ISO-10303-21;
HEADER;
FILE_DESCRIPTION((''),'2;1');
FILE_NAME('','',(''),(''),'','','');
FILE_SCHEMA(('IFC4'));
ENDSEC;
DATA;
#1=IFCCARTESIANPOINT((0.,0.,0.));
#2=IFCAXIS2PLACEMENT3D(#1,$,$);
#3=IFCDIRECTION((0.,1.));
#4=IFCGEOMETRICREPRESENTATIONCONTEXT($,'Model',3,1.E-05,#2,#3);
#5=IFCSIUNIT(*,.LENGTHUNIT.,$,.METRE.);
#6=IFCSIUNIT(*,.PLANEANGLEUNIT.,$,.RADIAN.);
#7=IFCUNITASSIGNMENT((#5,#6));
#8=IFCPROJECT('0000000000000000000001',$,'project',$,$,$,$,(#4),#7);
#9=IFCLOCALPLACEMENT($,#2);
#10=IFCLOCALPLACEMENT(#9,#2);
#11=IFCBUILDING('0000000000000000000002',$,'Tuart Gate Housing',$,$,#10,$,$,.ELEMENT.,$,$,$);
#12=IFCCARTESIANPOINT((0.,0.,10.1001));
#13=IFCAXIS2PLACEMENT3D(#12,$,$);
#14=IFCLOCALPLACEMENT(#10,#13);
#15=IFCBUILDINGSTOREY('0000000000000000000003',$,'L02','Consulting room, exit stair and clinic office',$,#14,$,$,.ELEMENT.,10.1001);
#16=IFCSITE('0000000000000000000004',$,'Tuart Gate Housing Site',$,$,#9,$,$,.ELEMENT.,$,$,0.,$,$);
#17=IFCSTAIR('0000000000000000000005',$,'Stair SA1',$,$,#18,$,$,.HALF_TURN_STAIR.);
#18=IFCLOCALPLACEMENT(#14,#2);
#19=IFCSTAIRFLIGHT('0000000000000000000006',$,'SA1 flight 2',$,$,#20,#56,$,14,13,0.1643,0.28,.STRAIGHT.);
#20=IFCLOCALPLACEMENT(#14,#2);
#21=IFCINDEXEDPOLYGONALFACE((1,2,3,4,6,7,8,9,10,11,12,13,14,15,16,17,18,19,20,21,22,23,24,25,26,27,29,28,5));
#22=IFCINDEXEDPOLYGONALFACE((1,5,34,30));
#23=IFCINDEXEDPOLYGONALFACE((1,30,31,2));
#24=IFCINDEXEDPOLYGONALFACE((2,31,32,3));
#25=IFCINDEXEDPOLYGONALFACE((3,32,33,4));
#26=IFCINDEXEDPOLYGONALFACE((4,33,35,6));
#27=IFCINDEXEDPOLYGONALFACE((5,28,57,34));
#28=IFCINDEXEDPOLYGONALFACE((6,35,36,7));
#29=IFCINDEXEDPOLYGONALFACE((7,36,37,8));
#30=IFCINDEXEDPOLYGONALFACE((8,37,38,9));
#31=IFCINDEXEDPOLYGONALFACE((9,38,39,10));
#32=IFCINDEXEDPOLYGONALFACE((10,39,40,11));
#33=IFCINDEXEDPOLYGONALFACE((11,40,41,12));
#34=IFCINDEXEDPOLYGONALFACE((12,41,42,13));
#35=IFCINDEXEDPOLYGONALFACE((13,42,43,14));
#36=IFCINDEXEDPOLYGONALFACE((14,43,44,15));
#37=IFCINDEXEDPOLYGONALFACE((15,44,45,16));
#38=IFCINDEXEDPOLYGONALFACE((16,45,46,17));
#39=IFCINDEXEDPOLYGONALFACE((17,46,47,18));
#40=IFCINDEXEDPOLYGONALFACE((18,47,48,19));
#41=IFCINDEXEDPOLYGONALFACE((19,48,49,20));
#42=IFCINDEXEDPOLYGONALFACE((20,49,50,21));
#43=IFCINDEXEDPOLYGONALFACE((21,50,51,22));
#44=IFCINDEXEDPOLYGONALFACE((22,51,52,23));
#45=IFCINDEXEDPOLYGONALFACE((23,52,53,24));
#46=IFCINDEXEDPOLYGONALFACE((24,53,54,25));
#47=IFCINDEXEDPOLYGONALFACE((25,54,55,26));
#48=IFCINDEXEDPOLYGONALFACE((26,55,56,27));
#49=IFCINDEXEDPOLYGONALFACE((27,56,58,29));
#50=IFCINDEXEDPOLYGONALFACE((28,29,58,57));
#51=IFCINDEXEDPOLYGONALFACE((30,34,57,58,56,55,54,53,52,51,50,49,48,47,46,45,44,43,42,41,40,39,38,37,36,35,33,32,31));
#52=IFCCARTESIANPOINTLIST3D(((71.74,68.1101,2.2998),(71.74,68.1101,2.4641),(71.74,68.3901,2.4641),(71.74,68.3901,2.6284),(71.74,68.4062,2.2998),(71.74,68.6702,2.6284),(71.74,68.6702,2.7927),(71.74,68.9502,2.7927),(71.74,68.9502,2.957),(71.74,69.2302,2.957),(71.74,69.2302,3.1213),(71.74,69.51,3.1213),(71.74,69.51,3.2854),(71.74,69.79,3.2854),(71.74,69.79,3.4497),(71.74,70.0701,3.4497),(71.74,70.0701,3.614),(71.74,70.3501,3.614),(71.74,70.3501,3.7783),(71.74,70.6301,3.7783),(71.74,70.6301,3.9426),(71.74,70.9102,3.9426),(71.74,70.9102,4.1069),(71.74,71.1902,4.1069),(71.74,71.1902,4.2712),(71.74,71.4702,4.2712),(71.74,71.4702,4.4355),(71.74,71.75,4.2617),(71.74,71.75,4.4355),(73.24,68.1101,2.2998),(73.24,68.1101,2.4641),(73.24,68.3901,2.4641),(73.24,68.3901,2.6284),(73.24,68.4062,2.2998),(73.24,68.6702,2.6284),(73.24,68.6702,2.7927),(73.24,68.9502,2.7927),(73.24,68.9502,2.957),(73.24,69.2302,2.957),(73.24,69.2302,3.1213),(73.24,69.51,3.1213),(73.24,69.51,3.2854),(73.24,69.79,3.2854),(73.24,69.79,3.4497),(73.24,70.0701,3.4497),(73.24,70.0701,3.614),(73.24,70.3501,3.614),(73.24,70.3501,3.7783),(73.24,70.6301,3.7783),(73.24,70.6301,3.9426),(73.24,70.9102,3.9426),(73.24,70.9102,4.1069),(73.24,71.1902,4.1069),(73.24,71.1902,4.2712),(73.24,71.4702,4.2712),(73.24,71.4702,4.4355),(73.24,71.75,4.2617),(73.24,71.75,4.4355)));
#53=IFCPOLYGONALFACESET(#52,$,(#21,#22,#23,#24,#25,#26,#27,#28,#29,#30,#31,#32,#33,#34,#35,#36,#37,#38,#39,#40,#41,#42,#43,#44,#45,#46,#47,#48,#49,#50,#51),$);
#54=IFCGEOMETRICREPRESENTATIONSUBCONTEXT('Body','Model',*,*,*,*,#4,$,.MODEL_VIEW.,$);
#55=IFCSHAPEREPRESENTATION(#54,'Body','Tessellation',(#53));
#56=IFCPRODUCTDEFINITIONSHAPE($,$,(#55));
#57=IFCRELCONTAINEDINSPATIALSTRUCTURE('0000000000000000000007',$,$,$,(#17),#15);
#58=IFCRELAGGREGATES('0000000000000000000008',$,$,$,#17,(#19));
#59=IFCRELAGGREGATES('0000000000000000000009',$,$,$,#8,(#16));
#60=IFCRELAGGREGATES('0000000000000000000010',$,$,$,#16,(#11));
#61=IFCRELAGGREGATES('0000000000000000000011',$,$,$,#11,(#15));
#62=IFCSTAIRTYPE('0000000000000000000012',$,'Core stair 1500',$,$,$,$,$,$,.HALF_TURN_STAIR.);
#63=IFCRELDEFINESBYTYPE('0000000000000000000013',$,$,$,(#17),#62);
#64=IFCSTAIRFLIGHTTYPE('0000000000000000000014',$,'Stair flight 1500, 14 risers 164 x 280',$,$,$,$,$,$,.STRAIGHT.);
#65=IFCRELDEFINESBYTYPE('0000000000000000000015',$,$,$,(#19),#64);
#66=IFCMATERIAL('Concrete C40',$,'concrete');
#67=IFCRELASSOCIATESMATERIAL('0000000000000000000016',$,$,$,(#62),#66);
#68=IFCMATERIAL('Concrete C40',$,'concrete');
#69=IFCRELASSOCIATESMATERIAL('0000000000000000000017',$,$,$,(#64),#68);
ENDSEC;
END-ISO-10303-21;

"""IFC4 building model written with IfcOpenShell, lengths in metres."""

from ifc_helpers import new_model, si_unit, direction, frame, origin, place, context, subcontext, project, spatial, polyline, outline, extrude, material, type_object, element, aggregate, save


model = new_model("IFC4")

# Units and contexts
model_context = context("Model", 3, precision=1e-05, world=origin(), true_north=direction((0.0, 1.0)))
body_context = subcontext(model_context, "Body", "Model", "MODEL_VIEW")
ifc_project = project(units=[si_unit("LENGTHUNIT", "METRE"), si_unit("PLANEANGLEUNIT", "RADIAN")], contexts=[model_context])

# Site, building, storey
site_placement = place(None, origin())
site = spatial("IfcSite", under=ifc_project, at=site_placement, Name="Tuart Gate Housing Site", CompositionType="ELEMENT", RefElevation=0.0)
building_placement = place(site_placement, origin())
building = spatial("IfcBuilding", under=site, at=building_placement, Name="Tuart Gate Housing", CompositionType="ELEMENT")
storey_placement = place(building_placement, frame((0.0, 0.0, 10.1001)))
storey = spatial("IfcBuildingStorey", under=building, at=storey_placement, Name="L02", Description="Consulting room, exit stair and clinic office", CompositionType="ELEMENT", Elevation=10.1001)

# Stair, stair flight
ifc_material_1 = material(Name="Concrete C40", Category="concrete")
stair_type = type_object("IfcStairType", Name="Core stair 1500", PredefinedType="HALF_TURN_STAIR", material=ifc_material_1)
stair_placement = place(storey_placement, origin())
stair = element("IfcStair", 1, at=stair_placement, inside=storey, type_object=stair_type, Name="Stair SA1", PredefinedType="HALF_TURN_STAIR")
ifc_material_2 = material(Name="Concrete C40", Category="concrete")
stair_flight_type = type_object("IfcStairFlightType", Name="Stair flight 1500, 14 risers 164 x 280", PredefinedType="STRAIGHT", material=ifc_material_2)
stair_flight_1_placement = place(storey_placement, frame((72.49, 68.1101, 2.2998), z_axis=(0.0, 0.0, 1.0), x_axis=(0.0, 1.0, 0.0)))
stair_flight_1 = element("IfcStairFlight", 2, at=stair_flight_1_placement, type_object=stair_flight_type, Name="SA1 flight 2", NumberOfRisers=14, NumberOfTreads=13, PredefinedType="STRAIGHT", RiserHeight=0.1643, TreadLength=0.28, context=body_context, shape_type="SweptSolid", body=[
    extrude(outline(polyline([(0.0, 0.0), (0.0, 0.1643), (0.28, 0.1643), (0.28, 0.3286), (0.5601, 0.3286), (0.5601, 0.4929), (0.8401, 0.4929), (0.8401, 0.6572), (1.1201, 0.6572), (1.1201, 0.8215), (1.3999, 0.8215), (1.3999, 0.9856), (1.6799, 0.9856), (1.6799, 1.1499), (1.96, 1.1499), (1.96, 1.3142), (2.24, 1.3142), (2.24, 1.4785), (2.52, 1.4785), (2.52, 1.6428), (2.8, 1.6428), (2.8, 1.8071), (3.0801, 1.8071), (3.0801, 1.9714), (3.3601, 1.9714), (3.3601, 2.1357), (3.6399, 2.1357), (3.6399, 2.3), (3.6399, 1.9619), (0.2961, 0.0), (0.0, 0.0)])), frame((0.0, 0.75, 0.0), z_axis=(0.0, -1.0, 0.0), x_axis=(1.0, 0.0, 0.0)), (0.0, 0.0, 1.0), 1.5),
])
aggregate(stair, [stair_flight_1])

save(model, "model.ifc")
